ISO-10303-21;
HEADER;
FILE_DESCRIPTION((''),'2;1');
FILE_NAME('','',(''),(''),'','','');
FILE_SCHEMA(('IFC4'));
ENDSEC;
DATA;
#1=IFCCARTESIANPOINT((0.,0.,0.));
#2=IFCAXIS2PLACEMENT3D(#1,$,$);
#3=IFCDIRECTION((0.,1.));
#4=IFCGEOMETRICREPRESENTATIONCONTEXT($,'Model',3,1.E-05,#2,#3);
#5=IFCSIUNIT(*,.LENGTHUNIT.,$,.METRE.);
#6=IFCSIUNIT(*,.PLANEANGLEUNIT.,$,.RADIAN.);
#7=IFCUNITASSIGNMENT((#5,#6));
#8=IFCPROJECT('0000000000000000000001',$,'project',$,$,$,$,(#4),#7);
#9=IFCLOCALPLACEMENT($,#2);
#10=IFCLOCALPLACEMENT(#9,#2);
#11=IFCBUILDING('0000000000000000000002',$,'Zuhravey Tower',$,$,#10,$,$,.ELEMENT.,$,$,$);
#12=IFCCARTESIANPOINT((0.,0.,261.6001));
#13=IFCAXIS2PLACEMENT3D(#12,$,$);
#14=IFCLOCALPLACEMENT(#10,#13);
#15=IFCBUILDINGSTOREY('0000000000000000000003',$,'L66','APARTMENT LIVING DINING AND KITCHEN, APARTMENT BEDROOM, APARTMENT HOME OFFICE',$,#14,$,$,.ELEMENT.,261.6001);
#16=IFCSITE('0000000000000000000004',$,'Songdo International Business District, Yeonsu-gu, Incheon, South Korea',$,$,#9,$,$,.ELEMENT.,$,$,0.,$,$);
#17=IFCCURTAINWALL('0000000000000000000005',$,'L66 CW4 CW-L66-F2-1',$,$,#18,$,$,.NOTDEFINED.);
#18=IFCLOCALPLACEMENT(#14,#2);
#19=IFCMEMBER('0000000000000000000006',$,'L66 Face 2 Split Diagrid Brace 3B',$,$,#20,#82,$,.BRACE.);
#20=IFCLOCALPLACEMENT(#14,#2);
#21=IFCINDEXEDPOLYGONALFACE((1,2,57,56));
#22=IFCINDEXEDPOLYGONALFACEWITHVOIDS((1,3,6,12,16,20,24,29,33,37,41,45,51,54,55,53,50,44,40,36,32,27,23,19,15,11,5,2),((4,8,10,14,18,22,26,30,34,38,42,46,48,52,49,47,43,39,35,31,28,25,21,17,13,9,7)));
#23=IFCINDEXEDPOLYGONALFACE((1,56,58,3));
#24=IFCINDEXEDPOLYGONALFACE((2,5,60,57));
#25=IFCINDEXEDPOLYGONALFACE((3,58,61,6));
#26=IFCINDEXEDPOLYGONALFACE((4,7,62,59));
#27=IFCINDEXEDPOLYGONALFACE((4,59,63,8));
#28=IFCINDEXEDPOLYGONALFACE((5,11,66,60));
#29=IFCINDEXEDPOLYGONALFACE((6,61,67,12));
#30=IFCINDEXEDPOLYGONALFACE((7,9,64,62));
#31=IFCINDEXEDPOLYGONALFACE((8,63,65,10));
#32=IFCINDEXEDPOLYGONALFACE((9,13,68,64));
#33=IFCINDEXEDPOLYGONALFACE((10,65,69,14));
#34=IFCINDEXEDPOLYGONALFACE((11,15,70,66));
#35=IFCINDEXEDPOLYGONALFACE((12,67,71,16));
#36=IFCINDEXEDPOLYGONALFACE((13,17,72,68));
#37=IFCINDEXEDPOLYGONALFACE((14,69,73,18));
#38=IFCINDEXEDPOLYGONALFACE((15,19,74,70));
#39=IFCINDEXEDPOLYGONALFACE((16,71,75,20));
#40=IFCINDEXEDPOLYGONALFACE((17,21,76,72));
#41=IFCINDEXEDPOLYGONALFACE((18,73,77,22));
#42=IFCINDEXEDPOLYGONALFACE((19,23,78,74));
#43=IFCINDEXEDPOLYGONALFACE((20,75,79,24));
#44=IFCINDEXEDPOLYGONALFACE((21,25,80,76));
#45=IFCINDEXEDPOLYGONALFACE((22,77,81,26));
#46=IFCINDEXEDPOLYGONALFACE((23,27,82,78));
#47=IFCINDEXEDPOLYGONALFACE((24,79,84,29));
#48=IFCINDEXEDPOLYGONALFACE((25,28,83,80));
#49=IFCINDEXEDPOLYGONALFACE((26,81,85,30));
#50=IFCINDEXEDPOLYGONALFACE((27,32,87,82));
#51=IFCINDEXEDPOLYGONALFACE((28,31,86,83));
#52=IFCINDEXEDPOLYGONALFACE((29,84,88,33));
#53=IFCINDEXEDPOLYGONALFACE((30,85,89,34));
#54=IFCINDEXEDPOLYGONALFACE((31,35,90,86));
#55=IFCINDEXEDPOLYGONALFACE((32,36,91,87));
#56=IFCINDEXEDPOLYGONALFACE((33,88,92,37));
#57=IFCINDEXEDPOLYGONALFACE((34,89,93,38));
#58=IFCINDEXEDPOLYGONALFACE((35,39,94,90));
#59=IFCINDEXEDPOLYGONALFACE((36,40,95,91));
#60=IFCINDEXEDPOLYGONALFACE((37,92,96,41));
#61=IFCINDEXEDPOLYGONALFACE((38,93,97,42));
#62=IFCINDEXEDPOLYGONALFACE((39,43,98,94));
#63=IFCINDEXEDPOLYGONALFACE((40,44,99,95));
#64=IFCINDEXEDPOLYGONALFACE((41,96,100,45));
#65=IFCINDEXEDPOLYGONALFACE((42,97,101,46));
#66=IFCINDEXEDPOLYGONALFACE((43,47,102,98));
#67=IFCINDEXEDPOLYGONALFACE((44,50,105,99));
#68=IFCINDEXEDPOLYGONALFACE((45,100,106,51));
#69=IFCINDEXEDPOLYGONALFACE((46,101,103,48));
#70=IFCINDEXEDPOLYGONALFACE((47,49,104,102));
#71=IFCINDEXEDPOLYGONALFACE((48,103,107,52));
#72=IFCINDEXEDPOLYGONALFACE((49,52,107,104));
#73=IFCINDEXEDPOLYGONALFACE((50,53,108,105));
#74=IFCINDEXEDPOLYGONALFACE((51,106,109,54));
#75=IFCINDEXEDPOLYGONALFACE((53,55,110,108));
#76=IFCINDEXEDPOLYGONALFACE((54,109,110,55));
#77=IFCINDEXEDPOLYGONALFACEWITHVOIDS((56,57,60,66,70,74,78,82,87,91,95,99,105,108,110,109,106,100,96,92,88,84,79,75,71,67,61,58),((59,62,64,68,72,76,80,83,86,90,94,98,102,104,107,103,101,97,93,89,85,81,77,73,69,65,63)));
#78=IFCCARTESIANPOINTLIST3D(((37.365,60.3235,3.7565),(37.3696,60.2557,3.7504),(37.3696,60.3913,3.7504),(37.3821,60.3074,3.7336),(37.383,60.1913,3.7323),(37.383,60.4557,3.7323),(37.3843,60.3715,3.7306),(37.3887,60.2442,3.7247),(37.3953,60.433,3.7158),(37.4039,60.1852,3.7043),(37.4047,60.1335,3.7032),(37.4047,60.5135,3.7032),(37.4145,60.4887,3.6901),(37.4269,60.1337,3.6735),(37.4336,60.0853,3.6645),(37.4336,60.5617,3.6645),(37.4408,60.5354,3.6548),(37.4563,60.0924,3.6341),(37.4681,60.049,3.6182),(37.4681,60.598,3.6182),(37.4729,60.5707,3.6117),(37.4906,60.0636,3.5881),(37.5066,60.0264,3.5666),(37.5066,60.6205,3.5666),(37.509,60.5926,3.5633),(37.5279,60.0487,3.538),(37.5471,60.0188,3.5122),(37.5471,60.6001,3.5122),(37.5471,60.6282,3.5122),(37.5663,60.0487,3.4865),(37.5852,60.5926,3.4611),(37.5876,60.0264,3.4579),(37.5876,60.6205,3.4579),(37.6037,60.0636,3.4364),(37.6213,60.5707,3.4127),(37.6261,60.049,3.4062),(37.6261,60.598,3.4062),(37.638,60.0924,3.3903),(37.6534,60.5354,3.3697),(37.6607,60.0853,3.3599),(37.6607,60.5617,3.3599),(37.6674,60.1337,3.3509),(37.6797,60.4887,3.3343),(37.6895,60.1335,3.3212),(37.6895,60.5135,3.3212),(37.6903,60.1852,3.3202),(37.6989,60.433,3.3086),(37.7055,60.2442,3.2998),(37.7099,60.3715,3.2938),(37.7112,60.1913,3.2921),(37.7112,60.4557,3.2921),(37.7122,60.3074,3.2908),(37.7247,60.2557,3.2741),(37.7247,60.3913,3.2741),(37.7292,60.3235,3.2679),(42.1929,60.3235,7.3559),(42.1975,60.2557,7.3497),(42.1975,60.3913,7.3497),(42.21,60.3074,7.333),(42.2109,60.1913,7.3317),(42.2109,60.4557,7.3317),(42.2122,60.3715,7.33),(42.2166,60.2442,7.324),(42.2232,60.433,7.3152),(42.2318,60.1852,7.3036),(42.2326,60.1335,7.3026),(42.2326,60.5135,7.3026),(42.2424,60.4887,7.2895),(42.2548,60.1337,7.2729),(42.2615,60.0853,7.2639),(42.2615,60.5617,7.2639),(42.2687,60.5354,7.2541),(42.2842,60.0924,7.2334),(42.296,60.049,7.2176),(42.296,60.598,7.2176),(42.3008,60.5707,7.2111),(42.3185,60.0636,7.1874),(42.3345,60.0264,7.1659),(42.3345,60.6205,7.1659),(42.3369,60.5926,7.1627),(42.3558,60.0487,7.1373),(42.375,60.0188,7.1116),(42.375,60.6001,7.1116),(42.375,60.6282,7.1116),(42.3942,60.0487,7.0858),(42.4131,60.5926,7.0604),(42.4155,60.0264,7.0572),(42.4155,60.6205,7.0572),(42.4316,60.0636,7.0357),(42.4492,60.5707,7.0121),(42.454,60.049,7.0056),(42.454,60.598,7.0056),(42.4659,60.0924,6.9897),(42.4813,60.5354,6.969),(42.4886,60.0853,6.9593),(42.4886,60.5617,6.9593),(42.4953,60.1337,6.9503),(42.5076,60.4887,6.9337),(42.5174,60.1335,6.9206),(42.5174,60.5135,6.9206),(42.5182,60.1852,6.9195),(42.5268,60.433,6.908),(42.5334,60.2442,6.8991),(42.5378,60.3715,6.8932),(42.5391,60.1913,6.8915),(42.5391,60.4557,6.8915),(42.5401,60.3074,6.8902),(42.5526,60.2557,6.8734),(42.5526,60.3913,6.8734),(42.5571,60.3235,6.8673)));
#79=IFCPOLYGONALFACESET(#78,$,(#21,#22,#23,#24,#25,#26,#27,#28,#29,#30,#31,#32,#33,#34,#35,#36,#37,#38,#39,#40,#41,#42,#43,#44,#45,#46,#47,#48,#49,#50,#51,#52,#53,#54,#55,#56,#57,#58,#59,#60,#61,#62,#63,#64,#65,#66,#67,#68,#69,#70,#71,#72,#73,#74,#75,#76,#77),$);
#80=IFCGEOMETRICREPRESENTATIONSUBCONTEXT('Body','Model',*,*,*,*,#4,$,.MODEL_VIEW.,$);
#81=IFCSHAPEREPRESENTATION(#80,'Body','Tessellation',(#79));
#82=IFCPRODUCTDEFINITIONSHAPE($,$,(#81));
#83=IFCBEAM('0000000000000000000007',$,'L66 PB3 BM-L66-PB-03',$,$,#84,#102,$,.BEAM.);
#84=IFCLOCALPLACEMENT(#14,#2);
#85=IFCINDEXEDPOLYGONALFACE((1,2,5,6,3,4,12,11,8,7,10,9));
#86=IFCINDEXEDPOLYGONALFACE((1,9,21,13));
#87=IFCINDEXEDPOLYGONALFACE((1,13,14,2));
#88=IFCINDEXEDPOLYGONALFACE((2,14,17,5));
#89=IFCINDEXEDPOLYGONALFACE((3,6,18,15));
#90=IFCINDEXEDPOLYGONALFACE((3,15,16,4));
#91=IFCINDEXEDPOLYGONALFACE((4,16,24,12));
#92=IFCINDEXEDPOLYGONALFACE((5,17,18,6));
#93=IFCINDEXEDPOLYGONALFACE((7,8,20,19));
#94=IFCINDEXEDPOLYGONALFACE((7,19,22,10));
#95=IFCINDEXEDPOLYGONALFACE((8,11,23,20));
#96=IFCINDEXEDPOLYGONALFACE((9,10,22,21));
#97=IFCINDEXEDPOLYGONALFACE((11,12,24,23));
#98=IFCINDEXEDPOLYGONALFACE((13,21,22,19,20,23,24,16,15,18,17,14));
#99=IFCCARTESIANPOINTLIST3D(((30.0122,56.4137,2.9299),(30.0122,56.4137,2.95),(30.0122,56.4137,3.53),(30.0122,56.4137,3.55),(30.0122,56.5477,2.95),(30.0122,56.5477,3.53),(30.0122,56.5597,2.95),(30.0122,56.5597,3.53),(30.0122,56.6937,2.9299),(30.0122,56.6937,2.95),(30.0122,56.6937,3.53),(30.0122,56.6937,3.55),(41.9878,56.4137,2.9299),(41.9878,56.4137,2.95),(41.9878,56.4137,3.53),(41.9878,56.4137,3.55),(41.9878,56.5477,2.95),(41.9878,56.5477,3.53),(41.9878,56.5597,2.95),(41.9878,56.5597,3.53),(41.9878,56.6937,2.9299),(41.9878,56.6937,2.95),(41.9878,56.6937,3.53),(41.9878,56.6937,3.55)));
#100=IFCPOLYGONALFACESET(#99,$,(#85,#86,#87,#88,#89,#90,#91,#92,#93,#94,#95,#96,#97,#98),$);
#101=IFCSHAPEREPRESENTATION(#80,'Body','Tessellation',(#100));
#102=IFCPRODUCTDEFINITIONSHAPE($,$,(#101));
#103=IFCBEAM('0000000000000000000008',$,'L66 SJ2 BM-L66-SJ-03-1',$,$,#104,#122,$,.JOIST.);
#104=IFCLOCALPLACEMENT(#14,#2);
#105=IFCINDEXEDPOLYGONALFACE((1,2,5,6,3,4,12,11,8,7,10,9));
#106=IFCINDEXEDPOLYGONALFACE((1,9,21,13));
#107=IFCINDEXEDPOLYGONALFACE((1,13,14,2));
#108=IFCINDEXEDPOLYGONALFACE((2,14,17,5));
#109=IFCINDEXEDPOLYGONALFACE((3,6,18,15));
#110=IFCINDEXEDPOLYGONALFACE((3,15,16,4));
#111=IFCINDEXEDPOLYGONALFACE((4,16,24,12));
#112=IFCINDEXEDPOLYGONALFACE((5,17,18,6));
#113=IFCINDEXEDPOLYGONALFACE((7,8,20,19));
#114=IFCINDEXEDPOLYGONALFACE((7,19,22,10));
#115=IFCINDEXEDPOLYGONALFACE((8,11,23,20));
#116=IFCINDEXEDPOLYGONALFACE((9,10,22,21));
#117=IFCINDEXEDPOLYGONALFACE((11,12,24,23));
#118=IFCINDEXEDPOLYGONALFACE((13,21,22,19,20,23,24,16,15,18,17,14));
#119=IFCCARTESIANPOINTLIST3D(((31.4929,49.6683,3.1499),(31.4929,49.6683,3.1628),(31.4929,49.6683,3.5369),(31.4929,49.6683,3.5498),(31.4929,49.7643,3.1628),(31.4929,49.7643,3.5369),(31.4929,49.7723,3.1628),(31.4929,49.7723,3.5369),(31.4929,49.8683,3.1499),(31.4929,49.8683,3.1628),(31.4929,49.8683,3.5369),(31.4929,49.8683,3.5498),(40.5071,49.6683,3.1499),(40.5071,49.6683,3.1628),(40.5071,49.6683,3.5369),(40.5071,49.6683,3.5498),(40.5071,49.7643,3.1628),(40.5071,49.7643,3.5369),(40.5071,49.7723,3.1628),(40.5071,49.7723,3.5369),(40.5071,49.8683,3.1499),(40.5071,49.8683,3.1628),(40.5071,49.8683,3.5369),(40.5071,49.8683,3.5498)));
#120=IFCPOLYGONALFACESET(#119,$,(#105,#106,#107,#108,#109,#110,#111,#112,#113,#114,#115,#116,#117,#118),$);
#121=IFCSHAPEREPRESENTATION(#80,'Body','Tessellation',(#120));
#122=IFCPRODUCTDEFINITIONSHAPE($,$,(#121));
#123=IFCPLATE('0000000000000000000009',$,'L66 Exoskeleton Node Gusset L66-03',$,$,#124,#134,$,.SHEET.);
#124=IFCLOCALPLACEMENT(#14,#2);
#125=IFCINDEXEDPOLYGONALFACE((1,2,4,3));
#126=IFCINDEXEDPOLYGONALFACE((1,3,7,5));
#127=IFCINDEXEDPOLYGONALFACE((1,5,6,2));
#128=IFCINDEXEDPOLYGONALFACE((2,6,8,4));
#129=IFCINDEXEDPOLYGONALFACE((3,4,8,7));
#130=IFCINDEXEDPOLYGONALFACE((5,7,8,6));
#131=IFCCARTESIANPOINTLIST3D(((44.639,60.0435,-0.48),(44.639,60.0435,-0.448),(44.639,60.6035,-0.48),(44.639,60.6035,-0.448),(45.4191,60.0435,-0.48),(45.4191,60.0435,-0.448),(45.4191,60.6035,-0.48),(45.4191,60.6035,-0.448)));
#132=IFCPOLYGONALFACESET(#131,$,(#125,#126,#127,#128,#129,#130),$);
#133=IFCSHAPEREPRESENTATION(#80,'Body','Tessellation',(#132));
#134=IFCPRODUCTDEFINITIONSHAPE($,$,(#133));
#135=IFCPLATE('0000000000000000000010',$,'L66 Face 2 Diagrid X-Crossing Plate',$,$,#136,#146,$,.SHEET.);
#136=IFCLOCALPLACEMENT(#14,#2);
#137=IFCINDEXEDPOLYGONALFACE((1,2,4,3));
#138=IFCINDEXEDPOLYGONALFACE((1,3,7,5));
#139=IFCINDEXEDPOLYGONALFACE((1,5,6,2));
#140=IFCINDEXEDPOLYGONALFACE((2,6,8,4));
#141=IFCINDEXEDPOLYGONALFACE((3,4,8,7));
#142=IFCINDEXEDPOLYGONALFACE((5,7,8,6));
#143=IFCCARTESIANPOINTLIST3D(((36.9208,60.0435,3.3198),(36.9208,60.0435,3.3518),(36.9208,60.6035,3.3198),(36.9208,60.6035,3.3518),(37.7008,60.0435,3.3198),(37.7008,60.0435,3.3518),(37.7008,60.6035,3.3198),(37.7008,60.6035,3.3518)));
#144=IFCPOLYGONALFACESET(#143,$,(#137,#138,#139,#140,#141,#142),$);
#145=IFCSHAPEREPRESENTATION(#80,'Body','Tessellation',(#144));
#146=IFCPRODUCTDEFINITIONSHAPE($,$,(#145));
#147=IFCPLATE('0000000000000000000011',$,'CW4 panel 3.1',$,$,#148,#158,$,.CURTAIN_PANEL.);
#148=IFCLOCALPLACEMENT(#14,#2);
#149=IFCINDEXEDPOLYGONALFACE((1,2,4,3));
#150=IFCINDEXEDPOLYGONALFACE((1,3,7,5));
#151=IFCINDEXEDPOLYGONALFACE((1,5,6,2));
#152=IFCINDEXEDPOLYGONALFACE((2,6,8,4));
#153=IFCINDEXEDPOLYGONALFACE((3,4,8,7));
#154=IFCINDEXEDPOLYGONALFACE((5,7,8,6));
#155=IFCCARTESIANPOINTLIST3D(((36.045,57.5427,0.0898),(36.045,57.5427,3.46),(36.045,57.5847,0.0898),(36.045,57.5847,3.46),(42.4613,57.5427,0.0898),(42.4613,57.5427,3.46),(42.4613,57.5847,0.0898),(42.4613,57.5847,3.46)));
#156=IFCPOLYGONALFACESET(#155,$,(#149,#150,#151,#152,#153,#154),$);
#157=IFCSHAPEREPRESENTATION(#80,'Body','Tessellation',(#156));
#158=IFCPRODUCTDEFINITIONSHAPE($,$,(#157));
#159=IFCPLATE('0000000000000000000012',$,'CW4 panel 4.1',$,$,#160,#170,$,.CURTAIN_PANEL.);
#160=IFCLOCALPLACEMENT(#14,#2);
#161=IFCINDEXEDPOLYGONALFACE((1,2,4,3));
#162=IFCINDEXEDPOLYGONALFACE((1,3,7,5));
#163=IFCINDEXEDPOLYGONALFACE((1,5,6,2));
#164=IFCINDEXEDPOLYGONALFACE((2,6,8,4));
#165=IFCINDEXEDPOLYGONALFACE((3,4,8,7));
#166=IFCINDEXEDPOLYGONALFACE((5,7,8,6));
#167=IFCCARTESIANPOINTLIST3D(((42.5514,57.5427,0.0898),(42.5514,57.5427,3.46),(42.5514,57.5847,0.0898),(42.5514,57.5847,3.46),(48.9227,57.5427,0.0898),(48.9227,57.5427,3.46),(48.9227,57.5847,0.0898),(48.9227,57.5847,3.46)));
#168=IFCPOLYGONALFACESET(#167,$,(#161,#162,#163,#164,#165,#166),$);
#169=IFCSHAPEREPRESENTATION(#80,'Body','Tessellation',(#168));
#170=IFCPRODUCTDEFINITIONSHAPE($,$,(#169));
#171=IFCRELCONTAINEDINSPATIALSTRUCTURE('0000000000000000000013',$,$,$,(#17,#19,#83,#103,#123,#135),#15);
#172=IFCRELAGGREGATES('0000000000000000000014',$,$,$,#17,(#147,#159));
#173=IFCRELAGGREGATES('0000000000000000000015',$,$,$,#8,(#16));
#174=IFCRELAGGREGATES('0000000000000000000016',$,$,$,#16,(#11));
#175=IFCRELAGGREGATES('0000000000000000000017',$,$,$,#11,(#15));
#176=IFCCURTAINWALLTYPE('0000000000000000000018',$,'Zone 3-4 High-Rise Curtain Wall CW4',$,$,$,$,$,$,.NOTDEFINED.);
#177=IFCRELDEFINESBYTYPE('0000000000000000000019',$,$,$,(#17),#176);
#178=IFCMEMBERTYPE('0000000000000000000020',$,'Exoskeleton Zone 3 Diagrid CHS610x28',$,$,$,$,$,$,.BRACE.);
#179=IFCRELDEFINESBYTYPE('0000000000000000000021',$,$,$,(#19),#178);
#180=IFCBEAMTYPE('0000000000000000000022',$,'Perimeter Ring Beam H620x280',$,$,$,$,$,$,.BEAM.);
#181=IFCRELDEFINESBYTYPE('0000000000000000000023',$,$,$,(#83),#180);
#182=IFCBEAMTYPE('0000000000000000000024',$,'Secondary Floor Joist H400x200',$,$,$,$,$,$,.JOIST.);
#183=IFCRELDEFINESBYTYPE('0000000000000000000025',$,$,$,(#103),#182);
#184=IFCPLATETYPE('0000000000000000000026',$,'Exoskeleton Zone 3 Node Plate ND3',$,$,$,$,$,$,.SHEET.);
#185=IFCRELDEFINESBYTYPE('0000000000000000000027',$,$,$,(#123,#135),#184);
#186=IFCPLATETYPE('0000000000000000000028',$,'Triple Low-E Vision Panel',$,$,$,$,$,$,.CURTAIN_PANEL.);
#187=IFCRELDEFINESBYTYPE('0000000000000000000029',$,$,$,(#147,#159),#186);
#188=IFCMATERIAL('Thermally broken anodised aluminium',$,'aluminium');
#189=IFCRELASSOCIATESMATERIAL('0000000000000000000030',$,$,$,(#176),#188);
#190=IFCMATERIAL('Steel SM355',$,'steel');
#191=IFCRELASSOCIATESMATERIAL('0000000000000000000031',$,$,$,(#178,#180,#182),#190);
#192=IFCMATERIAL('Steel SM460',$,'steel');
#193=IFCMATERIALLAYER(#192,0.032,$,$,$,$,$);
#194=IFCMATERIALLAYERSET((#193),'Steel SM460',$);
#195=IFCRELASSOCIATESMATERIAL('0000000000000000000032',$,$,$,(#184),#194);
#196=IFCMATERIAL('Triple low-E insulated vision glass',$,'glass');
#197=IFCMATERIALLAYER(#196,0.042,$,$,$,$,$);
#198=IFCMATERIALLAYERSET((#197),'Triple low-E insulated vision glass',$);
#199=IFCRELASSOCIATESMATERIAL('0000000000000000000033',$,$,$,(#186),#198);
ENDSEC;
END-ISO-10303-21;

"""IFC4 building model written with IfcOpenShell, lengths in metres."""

from ifc_helpers import new_model, si_unit, direction, frame, origin, origin_2d, place, context, subcontext, project, spatial, rectangle, hollow_circle, i_section, extrude, material, layer, layer_set, material_profile, profile_set, type_object, element, aggregate, save


model = new_model("IFC4")

# Units and contexts
model_context = context("Model", 3, precision=1e-05, world=origin(), true_north=direction((0.0, 1.0)))
body_context = subcontext(model_context, "Body", "Model", "MODEL_VIEW")
ifc_project = project(units=[si_unit("LENGTHUNIT", "METRE"), si_unit("PLANEANGLEUNIT", "RADIAN")], contexts=[model_context])

# Site, building, storey
site_placement = place(None, origin())
site = spatial("IfcSite", under=ifc_project, at=site_placement, Name="Songdo International Business District, Yeonsu-gu, Incheon, South Korea", CompositionType="ELEMENT", RefElevation=0.0)
building_placement = place(site_placement, origin())
building = spatial("IfcBuilding", under=site, at=building_placement, Name="Zuhravey Tower", CompositionType="ELEMENT")
storey_placement = place(building_placement, frame((0.0, 0.0, 261.6001)))
storey = spatial("IfcBuildingStorey", under=building, at=storey_placement, Name="L66", Description="APARTMENT LIVING DINING AND KITCHEN, APARTMENT BEDROOM, APARTMENT HOME OFFICE", CompositionType="ELEMENT", Elevation=261.6001)

# Curtain wall
ifc_material_1 = material(Name="Thermally broken anodised aluminium", Category="aluminium")
curtain_wall_type = type_object("IfcCurtainWallType", Name="Zone 3-4 High-Rise Curtain Wall CW4", PredefinedType="NOTDEFINED", material=ifc_material_1)
curtain_wall_placement = place(storey_placement, origin())
curtain_wall = element("IfcCurtainWall", 1, at=curtain_wall_placement, inside=storey, type_object=curtain_wall_type, Name="L66 CW4 CW-L66-F2-1", PredefinedType="NOTDEFINED")

# Member
ifc_material_2 = material(Name="Steel SM355", Category="steel")
ifc_material_profile_1 = material_profile(ifc_material_2, hollow_circle(Radius=0.3047, WallThickness=0.0281, at=origin_2d()), Name="CHS-609.6x28")
ifc_profile_set_1 = profile_set([ifc_material_profile_1], Name="Steel SM355")
member_type_1 = type_object("IfcMemberType", Name="Exoskeleton Zone 3 Diagrid CHS610x28", PredefinedType="BRACE", material=ifc_profile_set_1)
member_1_placement = place(storey_placement, frame((37.5471, 60.3235, 3.5122), z_axis=(0.801714, 0.0, 0.597708), x_axis=(0.0, 1.0, 0.0)))
element("IfcMember", 2, at=member_1_placement, inside=storey, type_object=member_type_1, Name="L66 Face 2 Split Diagrid Brace 3B", PredefinedType="BRACE", context=body_context, shape_type="SweptSolid", body=[
    extrude(hollow_circle(Radius=0.3047, WallThickness=0.0281, at=origin_2d()), origin(), (0.0, 0.0, 1.0), 6.022),
])

# Beams
ifc_material_profile_2 = material_profile(ifc_material_2, i_section(OverallWidth=0.28, OverallDepth=0.6201, WebThickness=0.012, FlangeThickness=0.02, at=origin_2d()), Name="H-620x280x12x20")
ifc_profile_set_2 = profile_set([ifc_material_profile_2], Name="Steel SM355")
beam_type_1 = type_object("IfcBeamType", Name="Perimeter Ring Beam H620x280", PredefinedType="BEAM", material=ifc_profile_set_2)
beam_1_placement = place(storey_placement, frame((41.9878, 56.5537, 3.24), z_axis=(-1.0, 0.0, 0.0), x_axis=(0.0, -1.0, 0.0)))
element("IfcBeam", 3, at=beam_1_placement, inside=storey, type_object=beam_type_1, Name="L66 PB3 BM-L66-PB-03", PredefinedType="BEAM", context=body_context, shape_type="SweptSolid", body=[
    extrude(i_section(OverallWidth=0.28, OverallDepth=0.6201, WebThickness=0.012, FlangeThickness=0.02, at=origin_2d()), origin(), (0.0, 0.0, 1.0), 11.9756),
])
ifc_material_profile_3 = material_profile(ifc_material_2, i_section(OverallWidth=0.2, OverallDepth=0.3999, WebThickness=0.0081, FlangeThickness=0.0129, at=origin_2d()), Name="H-400x200x8x13")
ifc_profile_set_3 = profile_set([ifc_material_profile_3], Name="Steel SM355")
beam_type_2 = type_object("IfcBeamType", Name="Secondary Floor Joist H400x200", PredefinedType="JOIST", material=ifc_profile_set_3)
beam_2_placement = place(storey_placement, frame((40.5071, 49.7683, 3.3499), z_axis=(-1.0, 0.0, 0.0), x_axis=(0.0, -1.0, 0.0)))
element("IfcBeam", 4, at=beam_2_placement, inside=storey, type_object=beam_type_2, Name="L66 SJ2 BM-L66-SJ-03-1", PredefinedType="JOIST", context=body_context, shape_type="SweptSolid", body=[
    extrude(i_section(OverallWidth=0.2, OverallDepth=0.3999, WebThickness=0.0081, FlangeThickness=0.0129, at=origin_2d()), origin(), (0.0, 0.0, 1.0), 9.0142),
])

# Plates
ifc_material_3 = material(Name="Steel SM460", Category="steel")
ifc_layer_1 = layer(ifc_material_3, 0.032)
ifc_layer_set_1 = layer_set([ifc_layer_1], Name="Steel SM460")
plate_type_1 = type_object("IfcPlateType", Name="Exoskeleton Zone 3 Node Plate ND3", PredefinedType="SHEET", material=ifc_layer_set_1)
for number, where, z_axis, x_axis, name in (
    (5, (45.0291, 60.3235, -0.48), (0.0, 0.0, 1.0), (-1.0, 0.0, 0.0), "L66 Exoskeleton Node Gusset L66-03"),
    (6, (37.3108, 60.3235, 3.3198), (0.0, 0.0, 1.0), (-1.0, 0.0, 0.0), "L66 Face 2 Diagrid X-Crossing Plate"),
):
    element("IfcPlate", number, at=place(storey_placement, frame(where, z_axis=z_axis, x_axis=x_axis)), inside=storey, type_object=plate_type_1, Name=name, PredefinedType="SHEET", context=body_context, shape_type="SweptSolid", body=[
        extrude(rectangle(XDim=0.78, YDim=0.5601, at=origin_2d()), origin(), (0.0, 0.0, 1.0), 0.032),
    ])

# Plates
ifc_material_4 = material(Name="Triple low-E insulated vision glass", Category="glass")
ifc_layer_2 = layer(ifc_material_4, 0.042)
ifc_layer_set_2 = layer_set([ifc_layer_2], Name="Triple low-E insulated vision glass")
plate_type_2 = type_object("IfcPlateType", Name="Triple Low-E Vision Panel", PredefinedType="CURTAIN_PANEL", material=ifc_layer_set_2)
plate_1_placement = place(storey_placement, frame((39.2532, 57.5637, 0.0898), z_axis=(0.0, 0.0, 1.0), x_axis=(1.0, 0.0, 0.0)))
plate_1 = element("IfcPlate", 7, at=plate_1_placement, type_object=plate_type_2, Name="CW4 panel 3.1", PredefinedType="CURTAIN_PANEL", context=body_context, shape_type="SweptSolid", body=[
    extrude(rectangle(XDim=6.4163, YDim=0.042, at=origin_2d()), origin(), (0.0, 0.0, 1.0), 3.3701),
])
plate_2_placement = place(storey_placement, frame((45.7371, 57.5637, 0.0898), z_axis=(0.0, 0.0, 1.0), x_axis=(1.0, 0.0, 0.0)))
plate_2 = element("IfcPlate", 8, at=plate_2_placement, type_object=plate_type_2, Name="CW4 panel 4.1", PredefinedType="CURTAIN_PANEL", context=body_context, shape_type="SweptSolid", body=[
    extrude(rectangle(XDim=6.3713, YDim=0.042, at=origin_2d()), origin(), (0.0, 0.0, 1.0), 3.3701),
])
aggregate(curtain_wall, [plate_1, plate_2])

save(model, "model.ifc")
